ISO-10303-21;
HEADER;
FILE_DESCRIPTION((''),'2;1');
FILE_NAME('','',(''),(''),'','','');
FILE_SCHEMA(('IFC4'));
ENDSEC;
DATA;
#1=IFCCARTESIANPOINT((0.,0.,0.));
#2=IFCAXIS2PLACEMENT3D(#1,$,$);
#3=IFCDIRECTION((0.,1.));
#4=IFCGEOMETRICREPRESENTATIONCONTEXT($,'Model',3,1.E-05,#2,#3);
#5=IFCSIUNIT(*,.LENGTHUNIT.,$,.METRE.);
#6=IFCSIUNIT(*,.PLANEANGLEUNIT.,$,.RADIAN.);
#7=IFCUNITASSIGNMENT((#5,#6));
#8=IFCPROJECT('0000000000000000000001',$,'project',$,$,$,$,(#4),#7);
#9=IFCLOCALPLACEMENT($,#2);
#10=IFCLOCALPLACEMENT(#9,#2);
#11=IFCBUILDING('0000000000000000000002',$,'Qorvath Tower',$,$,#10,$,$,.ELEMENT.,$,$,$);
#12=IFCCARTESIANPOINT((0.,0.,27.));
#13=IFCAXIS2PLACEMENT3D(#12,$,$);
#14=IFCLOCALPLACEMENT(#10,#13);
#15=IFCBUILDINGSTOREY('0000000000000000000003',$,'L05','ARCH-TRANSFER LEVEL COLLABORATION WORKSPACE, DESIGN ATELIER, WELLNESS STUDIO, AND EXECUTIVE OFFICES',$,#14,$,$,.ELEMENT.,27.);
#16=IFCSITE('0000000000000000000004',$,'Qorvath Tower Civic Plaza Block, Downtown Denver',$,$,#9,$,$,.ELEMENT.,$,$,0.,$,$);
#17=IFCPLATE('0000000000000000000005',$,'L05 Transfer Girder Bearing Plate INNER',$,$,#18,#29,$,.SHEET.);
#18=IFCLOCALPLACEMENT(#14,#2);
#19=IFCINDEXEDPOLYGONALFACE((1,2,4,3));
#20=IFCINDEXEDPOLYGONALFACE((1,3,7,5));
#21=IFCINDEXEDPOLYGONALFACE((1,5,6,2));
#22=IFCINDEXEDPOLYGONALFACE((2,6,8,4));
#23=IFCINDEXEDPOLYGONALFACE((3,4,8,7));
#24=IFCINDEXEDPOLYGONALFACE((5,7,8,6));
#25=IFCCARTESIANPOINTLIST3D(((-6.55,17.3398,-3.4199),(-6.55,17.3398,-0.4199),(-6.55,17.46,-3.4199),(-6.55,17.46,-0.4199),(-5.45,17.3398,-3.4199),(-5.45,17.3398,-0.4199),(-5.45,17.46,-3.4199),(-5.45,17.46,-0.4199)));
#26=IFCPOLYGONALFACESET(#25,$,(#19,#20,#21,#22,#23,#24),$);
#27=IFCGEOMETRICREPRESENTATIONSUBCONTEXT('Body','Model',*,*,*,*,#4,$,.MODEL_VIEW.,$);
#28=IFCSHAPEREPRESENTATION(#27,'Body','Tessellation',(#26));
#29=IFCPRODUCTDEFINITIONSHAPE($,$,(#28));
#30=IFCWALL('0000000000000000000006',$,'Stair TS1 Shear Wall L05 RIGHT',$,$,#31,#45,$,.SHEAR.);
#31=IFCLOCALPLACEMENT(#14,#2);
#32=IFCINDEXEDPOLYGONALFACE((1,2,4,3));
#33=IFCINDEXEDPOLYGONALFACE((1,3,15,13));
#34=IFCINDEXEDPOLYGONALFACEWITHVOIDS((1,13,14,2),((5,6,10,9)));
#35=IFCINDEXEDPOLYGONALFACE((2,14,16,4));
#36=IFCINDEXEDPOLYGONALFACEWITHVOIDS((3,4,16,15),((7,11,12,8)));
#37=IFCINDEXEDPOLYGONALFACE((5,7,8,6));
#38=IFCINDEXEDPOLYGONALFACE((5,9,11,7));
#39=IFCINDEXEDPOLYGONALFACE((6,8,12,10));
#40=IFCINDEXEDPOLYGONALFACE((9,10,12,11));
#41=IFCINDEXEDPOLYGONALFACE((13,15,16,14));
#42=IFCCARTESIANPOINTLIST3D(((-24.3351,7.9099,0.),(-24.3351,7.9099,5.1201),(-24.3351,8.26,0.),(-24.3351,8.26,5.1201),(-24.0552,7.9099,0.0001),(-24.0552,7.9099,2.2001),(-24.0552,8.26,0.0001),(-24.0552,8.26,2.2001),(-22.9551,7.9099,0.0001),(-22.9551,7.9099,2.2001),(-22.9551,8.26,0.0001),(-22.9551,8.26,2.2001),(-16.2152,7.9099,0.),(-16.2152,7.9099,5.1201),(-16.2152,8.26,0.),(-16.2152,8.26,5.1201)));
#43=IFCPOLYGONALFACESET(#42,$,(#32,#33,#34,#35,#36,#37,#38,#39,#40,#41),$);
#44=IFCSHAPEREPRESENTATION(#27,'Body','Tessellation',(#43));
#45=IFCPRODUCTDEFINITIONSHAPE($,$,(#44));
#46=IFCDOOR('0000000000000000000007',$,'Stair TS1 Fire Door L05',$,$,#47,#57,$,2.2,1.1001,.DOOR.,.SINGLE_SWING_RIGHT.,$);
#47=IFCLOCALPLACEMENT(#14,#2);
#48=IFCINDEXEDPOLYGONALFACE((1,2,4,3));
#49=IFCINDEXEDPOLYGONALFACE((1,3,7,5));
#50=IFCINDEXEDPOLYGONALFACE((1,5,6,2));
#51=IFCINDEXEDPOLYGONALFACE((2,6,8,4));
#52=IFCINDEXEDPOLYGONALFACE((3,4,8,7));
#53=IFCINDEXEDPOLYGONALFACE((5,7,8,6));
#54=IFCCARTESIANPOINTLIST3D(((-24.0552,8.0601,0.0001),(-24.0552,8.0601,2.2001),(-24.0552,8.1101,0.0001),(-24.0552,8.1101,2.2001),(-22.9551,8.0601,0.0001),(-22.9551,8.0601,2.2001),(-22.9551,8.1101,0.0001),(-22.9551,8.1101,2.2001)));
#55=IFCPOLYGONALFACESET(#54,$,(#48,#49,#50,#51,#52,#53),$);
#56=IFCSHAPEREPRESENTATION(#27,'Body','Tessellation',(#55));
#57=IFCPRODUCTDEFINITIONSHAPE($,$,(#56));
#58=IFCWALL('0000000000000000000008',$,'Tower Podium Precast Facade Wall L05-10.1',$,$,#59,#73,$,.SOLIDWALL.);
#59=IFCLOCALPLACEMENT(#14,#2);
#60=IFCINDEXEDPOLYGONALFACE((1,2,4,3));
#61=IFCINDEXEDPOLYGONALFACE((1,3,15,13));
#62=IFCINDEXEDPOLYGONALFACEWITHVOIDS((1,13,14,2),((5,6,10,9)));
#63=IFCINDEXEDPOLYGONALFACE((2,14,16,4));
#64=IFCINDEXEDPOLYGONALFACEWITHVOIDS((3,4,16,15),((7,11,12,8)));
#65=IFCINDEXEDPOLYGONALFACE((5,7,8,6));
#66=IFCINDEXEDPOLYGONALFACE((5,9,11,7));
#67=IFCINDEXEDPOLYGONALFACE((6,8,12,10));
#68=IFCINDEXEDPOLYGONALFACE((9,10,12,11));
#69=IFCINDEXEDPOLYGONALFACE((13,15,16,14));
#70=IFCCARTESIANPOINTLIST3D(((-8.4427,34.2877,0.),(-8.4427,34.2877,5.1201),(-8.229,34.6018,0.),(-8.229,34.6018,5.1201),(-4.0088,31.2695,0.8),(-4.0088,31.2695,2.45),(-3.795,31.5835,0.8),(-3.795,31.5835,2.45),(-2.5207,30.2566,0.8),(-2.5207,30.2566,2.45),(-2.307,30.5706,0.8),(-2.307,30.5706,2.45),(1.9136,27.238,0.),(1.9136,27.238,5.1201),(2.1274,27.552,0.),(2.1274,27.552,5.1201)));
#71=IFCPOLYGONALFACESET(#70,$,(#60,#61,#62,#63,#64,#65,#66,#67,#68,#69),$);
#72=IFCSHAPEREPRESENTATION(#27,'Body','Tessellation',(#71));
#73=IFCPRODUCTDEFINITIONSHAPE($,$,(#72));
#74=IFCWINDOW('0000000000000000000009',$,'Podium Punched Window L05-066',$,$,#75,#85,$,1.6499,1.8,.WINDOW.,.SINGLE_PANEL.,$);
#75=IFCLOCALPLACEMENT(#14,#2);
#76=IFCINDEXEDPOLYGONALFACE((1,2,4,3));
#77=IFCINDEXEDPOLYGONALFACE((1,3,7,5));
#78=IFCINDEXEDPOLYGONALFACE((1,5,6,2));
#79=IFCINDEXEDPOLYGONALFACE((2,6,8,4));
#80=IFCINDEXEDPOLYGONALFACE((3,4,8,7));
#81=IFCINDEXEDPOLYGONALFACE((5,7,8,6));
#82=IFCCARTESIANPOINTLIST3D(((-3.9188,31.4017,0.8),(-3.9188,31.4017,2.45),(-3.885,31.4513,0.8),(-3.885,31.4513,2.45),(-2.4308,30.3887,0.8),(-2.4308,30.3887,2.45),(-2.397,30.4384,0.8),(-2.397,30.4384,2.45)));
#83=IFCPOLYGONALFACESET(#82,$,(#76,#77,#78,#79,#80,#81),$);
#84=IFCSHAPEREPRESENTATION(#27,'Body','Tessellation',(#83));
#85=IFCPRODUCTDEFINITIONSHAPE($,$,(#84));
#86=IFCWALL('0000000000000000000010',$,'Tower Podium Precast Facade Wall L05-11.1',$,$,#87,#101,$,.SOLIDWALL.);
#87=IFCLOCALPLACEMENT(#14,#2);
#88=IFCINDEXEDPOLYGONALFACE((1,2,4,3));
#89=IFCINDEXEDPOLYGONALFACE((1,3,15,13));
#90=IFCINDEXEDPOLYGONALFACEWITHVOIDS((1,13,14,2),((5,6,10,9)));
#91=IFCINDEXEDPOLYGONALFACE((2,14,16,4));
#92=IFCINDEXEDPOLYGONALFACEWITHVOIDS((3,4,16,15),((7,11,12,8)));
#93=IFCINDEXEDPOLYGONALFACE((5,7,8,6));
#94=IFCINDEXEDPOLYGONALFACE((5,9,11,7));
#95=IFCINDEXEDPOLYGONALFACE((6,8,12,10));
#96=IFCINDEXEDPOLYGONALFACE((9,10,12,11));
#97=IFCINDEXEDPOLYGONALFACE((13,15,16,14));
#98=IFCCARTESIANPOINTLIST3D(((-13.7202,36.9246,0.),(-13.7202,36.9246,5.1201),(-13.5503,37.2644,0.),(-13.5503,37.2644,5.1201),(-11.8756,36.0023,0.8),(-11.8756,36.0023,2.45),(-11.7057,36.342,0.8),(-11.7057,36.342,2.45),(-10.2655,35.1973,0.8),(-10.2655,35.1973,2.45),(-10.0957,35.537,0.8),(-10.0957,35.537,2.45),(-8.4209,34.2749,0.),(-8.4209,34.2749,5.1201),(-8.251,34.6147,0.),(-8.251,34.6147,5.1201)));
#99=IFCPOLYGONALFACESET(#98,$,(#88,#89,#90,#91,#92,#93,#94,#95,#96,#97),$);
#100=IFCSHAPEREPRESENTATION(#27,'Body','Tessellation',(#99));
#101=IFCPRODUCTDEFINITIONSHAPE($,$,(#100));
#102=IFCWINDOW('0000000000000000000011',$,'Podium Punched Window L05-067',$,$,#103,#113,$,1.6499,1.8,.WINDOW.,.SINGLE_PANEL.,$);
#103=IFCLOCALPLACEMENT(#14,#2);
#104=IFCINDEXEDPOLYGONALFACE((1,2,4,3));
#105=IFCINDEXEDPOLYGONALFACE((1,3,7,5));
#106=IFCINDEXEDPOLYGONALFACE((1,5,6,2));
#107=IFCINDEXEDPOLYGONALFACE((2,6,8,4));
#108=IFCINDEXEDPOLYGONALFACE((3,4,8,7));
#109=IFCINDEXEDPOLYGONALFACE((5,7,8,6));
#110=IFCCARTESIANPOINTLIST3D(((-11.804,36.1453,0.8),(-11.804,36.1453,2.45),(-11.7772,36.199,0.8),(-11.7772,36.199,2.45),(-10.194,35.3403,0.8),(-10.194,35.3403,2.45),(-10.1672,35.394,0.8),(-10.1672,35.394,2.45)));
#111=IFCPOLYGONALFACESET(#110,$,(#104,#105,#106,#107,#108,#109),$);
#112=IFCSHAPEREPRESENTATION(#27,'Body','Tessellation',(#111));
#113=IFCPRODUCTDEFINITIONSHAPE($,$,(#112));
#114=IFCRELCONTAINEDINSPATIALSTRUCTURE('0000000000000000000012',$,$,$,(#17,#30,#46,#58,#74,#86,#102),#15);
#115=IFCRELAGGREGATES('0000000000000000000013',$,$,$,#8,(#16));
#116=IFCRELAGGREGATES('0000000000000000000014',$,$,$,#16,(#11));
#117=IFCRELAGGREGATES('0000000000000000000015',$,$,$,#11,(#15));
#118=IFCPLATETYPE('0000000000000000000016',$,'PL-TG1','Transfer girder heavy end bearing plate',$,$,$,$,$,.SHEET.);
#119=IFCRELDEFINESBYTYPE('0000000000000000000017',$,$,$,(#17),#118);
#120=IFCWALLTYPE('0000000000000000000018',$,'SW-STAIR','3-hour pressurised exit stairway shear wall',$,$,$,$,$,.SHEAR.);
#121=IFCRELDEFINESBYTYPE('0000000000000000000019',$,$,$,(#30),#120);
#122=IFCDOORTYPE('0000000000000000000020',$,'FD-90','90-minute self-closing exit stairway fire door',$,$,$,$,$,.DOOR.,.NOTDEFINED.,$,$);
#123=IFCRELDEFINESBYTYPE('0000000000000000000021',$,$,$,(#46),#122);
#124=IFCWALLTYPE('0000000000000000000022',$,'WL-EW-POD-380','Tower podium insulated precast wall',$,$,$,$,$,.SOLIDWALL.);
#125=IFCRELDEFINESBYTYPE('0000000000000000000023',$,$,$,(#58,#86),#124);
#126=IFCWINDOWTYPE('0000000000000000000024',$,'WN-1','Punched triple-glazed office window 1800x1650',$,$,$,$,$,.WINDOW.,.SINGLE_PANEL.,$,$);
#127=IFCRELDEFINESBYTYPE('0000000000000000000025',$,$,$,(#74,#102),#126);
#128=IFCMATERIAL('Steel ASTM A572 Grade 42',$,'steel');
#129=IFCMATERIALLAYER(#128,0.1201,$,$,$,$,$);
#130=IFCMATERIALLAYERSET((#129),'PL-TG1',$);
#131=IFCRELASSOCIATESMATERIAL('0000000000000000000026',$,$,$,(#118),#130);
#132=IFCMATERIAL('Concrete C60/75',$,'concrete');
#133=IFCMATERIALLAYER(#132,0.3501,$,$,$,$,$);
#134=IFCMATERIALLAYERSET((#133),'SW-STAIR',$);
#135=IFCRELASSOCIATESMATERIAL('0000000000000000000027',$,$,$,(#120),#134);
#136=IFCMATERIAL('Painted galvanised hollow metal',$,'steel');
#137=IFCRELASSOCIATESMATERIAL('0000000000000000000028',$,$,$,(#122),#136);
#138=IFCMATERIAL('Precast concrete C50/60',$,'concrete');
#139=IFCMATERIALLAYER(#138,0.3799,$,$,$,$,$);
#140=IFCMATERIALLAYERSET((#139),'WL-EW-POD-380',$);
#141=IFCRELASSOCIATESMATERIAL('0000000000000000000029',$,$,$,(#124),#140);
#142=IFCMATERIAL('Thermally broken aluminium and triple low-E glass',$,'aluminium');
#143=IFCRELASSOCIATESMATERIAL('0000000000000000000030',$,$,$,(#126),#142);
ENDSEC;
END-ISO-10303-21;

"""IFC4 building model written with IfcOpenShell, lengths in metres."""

from ifc_helpers import new_model, si_unit, direction, frame, frame_2d, origin, origin_2d, place, context, subcontext, project, spatial, rectangle, extrude, material, layer, layer_set, type_object, element, fill, save


model = new_model("IFC4")

# Units and contexts
model_context = context("Model", 3, precision=1e-05, world=origin(), true_north=direction((0.0, 1.0)))
body_context = subcontext(model_context, "Body", "Model", "MODEL_VIEW")
ifc_project = project(units=[si_unit("LENGTHUNIT", "METRE"), si_unit("PLANEANGLEUNIT", "RADIAN")], contexts=[model_context])

# Site, building, storey
site_placement = place(None, origin())
site = spatial("IfcSite", under=ifc_project, at=site_placement, Name="Qorvath Tower Civic Plaza Block, Downtown Denver", CompositionType="ELEMENT", RefElevation=0.0)
building_placement = place(site_placement, origin())
building = spatial("IfcBuilding", under=site, at=building_placement, Name="Qorvath Tower", CompositionType="ELEMENT")
storey_placement = place(building_placement, frame((0.0, 0.0, 27.0)))
storey = spatial("IfcBuildingStorey", under=building, at=storey_placement, Name="L05", Description="ARCH-TRANSFER LEVEL COLLABORATION WORKSPACE, DESIGN ATELIER, WELLNESS STUDIO, AND EXECUTIVE OFFICES", CompositionType="ELEMENT", Elevation=27.0)

# Plate
ifc_material_1 = material(Name="Steel ASTM A572 Grade 42", Category="steel")
ifc_layer_1 = layer(ifc_material_1, 0.1201)
ifc_layer_set_1 = layer_set([ifc_layer_1], Name="PL-TG1")
plate_type = type_object("IfcPlateType", Name="PL-TG1", Description="Transfer girder heavy end bearing plate", PredefinedType="SHEET", material=ifc_layer_set_1)
plate_placement = place(storey_placement, frame((-6.0, 17.3999, -3.4199), z_axis=(0.0, 0.0, 1.0), x_axis=(1.0, 0.0, 0.0)))
element("IfcPlate", 1, at=plate_placement, inside=storey, type_object=plate_type, Name="L05 Transfer Girder Bearing Plate INNER", PredefinedType="SHEET", context=body_context, shape_type="SweptSolid", body=[
    extrude(rectangle(XDim=1.1001, YDim=0.1201, at=origin_2d()), origin(), (0.0, 0.0, 1.0), 3.0),
])

# Wall, opening, door
ifc_material_2 = material(Name="Concrete C60/75", Category="concrete")
ifc_layer_2 = layer(ifc_material_2, 0.3501)
ifc_layer_set_2 = layer_set([ifc_layer_2], Name="SW-STAIR")
wall_type_1 = type_object("IfcWallType", Name="SW-STAIR", Description="3-hour pressurised exit stairway shear wall", PredefinedType="SHEAR", material=ifc_layer_set_2)
wall_1_placement = place(storey_placement, frame((-16.2151, 8.085, 0.0), z_axis=(0.0, 0.0, 1.0), x_axis=(-1.0, 0.0, 0.0)))
wall_1 = element("IfcWall", 2, at=wall_1_placement, inside=storey, type_object=wall_type_1, Name="Stair TS1 Shear Wall L05 RIGHT", PredefinedType="SHEAR", context=body_context, shape_type="SweptSolid", body=[
    extrude(rectangle(XDim=8.1199, YDim=0.3501, at=frame_2d((4.0601, 0.0))), origin(), (0.0, 0.0, 1.0), 5.1201),
])
opening_1_placement = place(wall_1_placement, frame((6.74, 0.0, 0.0)))
opening_1 = element("IfcOpeningElement", 3, at=opening_1_placement, cuts=wall_1, PredefinedType="OPENING", context=body_context, shape_type="SweptSolid", body=[
    extrude(rectangle(XDim=1.1001, YDim=2.2, at=frame_2d((0.55, 1.1001))), frame((0.0, 0.1851, 0.0), z_axis=(0.0, -1.0, 0.0), x_axis=(1.0, 0.0, 0.0)), (0.0, 0.0, 1.0), 0.3701),
])
ifc_material_3 = material(Name="Painted galvanised hollow metal", Category="steel")
door_type = type_object("IfcDoorType", Name="FD-90", Description="90-minute self-closing exit stairway fire door", OperationType="NOTDEFINED", PredefinedType="DOOR", material=ifc_material_3)
door_placement = place(opening_1_placement, origin())
door = element("IfcDoor", 4, at=door_placement, inside=storey, type_object=door_type, Name="Stair TS1 Fire Door L05", OperationType="SINGLE_SWING_RIGHT", OverallHeight=2.2, OverallWidth=1.1001, PredefinedType="DOOR", context=body_context, shape_type="SweptSolid", body=[
    extrude(rectangle(XDim=1.1001, YDim=2.2, at=frame_2d((0.55, 1.1001))), frame((0.0, 0.0249, 0.0), z_axis=(0.0, -1.0, 0.0), x_axis=(1.0, 0.0, 0.0)), (0.0, 0.0, 1.0), 0.05),
])
fill(opening_1, door)

# Walls, openings, windows
ifc_material_4 = material(Name="Precast concrete C50/60", Category="concrete")
ifc_layer_3 = layer(ifc_material_4, 0.3799)
ifc_layer_set_3 = layer_set([ifc_layer_3], Name="WL-EW-POD-380")
wall_type_2 = type_object("IfcWallType", Name="WL-EW-POD-380", Description="Tower podium insulated precast wall", PredefinedType="SOLIDWALL", material=ifc_layer_set_3)
wall_2_placement = place(storey_placement, frame((-8.3359, 34.4448, 0.0), z_axis=(0.0, 0.0, 1.0), x_axis=(0.826651, -0.562715, 0.0)))
wall_2 = element("IfcWall", 5, at=wall_2_placement, inside=storey, type_object=wall_type_2, Name="Tower Podium Precast Facade Wall L05-10.1", PredefinedType="SOLIDWALL", context=body_context, shape_type="SweptSolid", body=[
    extrude(rectangle(XDim=12.5281, YDim=0.3799, at=frame_2d((6.2642, 0.0))), origin(), (0.0, 0.0, 1.0), 5.1201),
])
opening_2_placement = place(wall_2_placement, frame((5.364, 0.0, 0.8)))
opening_2 = element("IfcOpeningElement", 6, at=opening_2_placement, cuts=wall_2, PredefinedType="OPENING", context=body_context, shape_type="SweptSolid", body=[
    extrude(rectangle(XDim=1.8, YDim=1.6499, at=frame_2d((0.8999, 0.825))), frame((0.0, 0.2, 0.0), z_axis=(0.0, -1.0, 0.0), x_axis=(1.0, 0.0, 0.0)), (0.0, 0.0, 1.0), 0.3999),
])
ifc_material_5 = material(Name="Thermally broken aluminium and triple low-E glass", Category="aluminium")
window_type = type_object("IfcWindowType", Name="WN-1", Description="Punched triple-glazed office window 1800x1650", PartitioningType="SINGLE_PANEL", PredefinedType="WINDOW", material=ifc_material_5)
window_1_placement = place(opening_2_placement, origin())
window_1 = element("IfcWindow", 7, at=window_1_placement, inside=storey, type_object=window_type, Name="Podium Punched Window L05-066", OverallHeight=1.6499, OverallWidth=1.8, PartitioningType="SINGLE_PANEL", PredefinedType="WINDOW", context=body_context, shape_type="SweptSolid", body=[
    extrude(rectangle(XDim=1.8, YDim=1.6499, at=frame_2d((0.8999, 0.825))), frame((0.0, 0.03, 0.0), z_axis=(0.0, -1.0, 0.0), x_axis=(1.0, 0.0, 0.0)), (0.0, 0.0, 1.0), 0.0601),
])
fill(opening_2, window_1)
wall_3_placement = place(storey_placement, frame((-13.6353, 37.0945, 0.0), z_axis=(0.0, 0.0, 1.0), x_axis=(0.894427, -0.447214, 0.0)))
wall_3 = element("IfcWall", 8, at=wall_3_placement, inside=storey, type_object=wall_type_2, Name="Tower Podium Precast Facade Wall L05-11.1", PredefinedType="SOLIDWALL", context=body_context, shape_type="SweptSolid", body=[
    extrude(rectangle(XDim=5.9248, YDim=0.3799, at=frame_2d((2.9624, 0.0))), origin(), (0.0, 0.0, 1.0), 5.1201),
])
opening_3_placement = place(wall_3_placement, frame((2.0625, 0.0, 0.8)))
opening_3 = element("IfcOpeningElement", 9, at=opening_3_placement, cuts=wall_3, PredefinedType="OPENING", context=body_context, shape_type="SweptSolid", body=[
    extrude(rectangle(XDim=1.8, YDim=1.6499, at=frame_2d((0.8999, 0.825))), frame((0.0, 0.2, 0.0), z_axis=(0.0, -1.0, 0.0), x_axis=(1.0, 0.0, 0.0)), (0.0, 0.0, 1.0), 0.3999),
])
window_2_placement = place(opening_3_placement, origin())
window_2 = element("IfcWindow", 10, at=window_2_placement, inside=storey, type_object=window_type, Name="Podium Punched Window L05-067", OverallHeight=1.6499, OverallWidth=1.8, PartitioningType="SINGLE_PANEL", PredefinedType="WINDOW", context=body_context, shape_type="SweptSolid", body=[
    extrude(rectangle(XDim=1.8, YDim=1.6499, at=frame_2d((0.8999, 0.825))), frame((0.0, 0.03, 0.0), z_axis=(0.0, -1.0, 0.0), x_axis=(1.0, 0.0, 0.0)), (0.0, 0.0, 1.0), 0.0601),
])
fill(opening_3, window_2)

save(model, "model.ifc")
